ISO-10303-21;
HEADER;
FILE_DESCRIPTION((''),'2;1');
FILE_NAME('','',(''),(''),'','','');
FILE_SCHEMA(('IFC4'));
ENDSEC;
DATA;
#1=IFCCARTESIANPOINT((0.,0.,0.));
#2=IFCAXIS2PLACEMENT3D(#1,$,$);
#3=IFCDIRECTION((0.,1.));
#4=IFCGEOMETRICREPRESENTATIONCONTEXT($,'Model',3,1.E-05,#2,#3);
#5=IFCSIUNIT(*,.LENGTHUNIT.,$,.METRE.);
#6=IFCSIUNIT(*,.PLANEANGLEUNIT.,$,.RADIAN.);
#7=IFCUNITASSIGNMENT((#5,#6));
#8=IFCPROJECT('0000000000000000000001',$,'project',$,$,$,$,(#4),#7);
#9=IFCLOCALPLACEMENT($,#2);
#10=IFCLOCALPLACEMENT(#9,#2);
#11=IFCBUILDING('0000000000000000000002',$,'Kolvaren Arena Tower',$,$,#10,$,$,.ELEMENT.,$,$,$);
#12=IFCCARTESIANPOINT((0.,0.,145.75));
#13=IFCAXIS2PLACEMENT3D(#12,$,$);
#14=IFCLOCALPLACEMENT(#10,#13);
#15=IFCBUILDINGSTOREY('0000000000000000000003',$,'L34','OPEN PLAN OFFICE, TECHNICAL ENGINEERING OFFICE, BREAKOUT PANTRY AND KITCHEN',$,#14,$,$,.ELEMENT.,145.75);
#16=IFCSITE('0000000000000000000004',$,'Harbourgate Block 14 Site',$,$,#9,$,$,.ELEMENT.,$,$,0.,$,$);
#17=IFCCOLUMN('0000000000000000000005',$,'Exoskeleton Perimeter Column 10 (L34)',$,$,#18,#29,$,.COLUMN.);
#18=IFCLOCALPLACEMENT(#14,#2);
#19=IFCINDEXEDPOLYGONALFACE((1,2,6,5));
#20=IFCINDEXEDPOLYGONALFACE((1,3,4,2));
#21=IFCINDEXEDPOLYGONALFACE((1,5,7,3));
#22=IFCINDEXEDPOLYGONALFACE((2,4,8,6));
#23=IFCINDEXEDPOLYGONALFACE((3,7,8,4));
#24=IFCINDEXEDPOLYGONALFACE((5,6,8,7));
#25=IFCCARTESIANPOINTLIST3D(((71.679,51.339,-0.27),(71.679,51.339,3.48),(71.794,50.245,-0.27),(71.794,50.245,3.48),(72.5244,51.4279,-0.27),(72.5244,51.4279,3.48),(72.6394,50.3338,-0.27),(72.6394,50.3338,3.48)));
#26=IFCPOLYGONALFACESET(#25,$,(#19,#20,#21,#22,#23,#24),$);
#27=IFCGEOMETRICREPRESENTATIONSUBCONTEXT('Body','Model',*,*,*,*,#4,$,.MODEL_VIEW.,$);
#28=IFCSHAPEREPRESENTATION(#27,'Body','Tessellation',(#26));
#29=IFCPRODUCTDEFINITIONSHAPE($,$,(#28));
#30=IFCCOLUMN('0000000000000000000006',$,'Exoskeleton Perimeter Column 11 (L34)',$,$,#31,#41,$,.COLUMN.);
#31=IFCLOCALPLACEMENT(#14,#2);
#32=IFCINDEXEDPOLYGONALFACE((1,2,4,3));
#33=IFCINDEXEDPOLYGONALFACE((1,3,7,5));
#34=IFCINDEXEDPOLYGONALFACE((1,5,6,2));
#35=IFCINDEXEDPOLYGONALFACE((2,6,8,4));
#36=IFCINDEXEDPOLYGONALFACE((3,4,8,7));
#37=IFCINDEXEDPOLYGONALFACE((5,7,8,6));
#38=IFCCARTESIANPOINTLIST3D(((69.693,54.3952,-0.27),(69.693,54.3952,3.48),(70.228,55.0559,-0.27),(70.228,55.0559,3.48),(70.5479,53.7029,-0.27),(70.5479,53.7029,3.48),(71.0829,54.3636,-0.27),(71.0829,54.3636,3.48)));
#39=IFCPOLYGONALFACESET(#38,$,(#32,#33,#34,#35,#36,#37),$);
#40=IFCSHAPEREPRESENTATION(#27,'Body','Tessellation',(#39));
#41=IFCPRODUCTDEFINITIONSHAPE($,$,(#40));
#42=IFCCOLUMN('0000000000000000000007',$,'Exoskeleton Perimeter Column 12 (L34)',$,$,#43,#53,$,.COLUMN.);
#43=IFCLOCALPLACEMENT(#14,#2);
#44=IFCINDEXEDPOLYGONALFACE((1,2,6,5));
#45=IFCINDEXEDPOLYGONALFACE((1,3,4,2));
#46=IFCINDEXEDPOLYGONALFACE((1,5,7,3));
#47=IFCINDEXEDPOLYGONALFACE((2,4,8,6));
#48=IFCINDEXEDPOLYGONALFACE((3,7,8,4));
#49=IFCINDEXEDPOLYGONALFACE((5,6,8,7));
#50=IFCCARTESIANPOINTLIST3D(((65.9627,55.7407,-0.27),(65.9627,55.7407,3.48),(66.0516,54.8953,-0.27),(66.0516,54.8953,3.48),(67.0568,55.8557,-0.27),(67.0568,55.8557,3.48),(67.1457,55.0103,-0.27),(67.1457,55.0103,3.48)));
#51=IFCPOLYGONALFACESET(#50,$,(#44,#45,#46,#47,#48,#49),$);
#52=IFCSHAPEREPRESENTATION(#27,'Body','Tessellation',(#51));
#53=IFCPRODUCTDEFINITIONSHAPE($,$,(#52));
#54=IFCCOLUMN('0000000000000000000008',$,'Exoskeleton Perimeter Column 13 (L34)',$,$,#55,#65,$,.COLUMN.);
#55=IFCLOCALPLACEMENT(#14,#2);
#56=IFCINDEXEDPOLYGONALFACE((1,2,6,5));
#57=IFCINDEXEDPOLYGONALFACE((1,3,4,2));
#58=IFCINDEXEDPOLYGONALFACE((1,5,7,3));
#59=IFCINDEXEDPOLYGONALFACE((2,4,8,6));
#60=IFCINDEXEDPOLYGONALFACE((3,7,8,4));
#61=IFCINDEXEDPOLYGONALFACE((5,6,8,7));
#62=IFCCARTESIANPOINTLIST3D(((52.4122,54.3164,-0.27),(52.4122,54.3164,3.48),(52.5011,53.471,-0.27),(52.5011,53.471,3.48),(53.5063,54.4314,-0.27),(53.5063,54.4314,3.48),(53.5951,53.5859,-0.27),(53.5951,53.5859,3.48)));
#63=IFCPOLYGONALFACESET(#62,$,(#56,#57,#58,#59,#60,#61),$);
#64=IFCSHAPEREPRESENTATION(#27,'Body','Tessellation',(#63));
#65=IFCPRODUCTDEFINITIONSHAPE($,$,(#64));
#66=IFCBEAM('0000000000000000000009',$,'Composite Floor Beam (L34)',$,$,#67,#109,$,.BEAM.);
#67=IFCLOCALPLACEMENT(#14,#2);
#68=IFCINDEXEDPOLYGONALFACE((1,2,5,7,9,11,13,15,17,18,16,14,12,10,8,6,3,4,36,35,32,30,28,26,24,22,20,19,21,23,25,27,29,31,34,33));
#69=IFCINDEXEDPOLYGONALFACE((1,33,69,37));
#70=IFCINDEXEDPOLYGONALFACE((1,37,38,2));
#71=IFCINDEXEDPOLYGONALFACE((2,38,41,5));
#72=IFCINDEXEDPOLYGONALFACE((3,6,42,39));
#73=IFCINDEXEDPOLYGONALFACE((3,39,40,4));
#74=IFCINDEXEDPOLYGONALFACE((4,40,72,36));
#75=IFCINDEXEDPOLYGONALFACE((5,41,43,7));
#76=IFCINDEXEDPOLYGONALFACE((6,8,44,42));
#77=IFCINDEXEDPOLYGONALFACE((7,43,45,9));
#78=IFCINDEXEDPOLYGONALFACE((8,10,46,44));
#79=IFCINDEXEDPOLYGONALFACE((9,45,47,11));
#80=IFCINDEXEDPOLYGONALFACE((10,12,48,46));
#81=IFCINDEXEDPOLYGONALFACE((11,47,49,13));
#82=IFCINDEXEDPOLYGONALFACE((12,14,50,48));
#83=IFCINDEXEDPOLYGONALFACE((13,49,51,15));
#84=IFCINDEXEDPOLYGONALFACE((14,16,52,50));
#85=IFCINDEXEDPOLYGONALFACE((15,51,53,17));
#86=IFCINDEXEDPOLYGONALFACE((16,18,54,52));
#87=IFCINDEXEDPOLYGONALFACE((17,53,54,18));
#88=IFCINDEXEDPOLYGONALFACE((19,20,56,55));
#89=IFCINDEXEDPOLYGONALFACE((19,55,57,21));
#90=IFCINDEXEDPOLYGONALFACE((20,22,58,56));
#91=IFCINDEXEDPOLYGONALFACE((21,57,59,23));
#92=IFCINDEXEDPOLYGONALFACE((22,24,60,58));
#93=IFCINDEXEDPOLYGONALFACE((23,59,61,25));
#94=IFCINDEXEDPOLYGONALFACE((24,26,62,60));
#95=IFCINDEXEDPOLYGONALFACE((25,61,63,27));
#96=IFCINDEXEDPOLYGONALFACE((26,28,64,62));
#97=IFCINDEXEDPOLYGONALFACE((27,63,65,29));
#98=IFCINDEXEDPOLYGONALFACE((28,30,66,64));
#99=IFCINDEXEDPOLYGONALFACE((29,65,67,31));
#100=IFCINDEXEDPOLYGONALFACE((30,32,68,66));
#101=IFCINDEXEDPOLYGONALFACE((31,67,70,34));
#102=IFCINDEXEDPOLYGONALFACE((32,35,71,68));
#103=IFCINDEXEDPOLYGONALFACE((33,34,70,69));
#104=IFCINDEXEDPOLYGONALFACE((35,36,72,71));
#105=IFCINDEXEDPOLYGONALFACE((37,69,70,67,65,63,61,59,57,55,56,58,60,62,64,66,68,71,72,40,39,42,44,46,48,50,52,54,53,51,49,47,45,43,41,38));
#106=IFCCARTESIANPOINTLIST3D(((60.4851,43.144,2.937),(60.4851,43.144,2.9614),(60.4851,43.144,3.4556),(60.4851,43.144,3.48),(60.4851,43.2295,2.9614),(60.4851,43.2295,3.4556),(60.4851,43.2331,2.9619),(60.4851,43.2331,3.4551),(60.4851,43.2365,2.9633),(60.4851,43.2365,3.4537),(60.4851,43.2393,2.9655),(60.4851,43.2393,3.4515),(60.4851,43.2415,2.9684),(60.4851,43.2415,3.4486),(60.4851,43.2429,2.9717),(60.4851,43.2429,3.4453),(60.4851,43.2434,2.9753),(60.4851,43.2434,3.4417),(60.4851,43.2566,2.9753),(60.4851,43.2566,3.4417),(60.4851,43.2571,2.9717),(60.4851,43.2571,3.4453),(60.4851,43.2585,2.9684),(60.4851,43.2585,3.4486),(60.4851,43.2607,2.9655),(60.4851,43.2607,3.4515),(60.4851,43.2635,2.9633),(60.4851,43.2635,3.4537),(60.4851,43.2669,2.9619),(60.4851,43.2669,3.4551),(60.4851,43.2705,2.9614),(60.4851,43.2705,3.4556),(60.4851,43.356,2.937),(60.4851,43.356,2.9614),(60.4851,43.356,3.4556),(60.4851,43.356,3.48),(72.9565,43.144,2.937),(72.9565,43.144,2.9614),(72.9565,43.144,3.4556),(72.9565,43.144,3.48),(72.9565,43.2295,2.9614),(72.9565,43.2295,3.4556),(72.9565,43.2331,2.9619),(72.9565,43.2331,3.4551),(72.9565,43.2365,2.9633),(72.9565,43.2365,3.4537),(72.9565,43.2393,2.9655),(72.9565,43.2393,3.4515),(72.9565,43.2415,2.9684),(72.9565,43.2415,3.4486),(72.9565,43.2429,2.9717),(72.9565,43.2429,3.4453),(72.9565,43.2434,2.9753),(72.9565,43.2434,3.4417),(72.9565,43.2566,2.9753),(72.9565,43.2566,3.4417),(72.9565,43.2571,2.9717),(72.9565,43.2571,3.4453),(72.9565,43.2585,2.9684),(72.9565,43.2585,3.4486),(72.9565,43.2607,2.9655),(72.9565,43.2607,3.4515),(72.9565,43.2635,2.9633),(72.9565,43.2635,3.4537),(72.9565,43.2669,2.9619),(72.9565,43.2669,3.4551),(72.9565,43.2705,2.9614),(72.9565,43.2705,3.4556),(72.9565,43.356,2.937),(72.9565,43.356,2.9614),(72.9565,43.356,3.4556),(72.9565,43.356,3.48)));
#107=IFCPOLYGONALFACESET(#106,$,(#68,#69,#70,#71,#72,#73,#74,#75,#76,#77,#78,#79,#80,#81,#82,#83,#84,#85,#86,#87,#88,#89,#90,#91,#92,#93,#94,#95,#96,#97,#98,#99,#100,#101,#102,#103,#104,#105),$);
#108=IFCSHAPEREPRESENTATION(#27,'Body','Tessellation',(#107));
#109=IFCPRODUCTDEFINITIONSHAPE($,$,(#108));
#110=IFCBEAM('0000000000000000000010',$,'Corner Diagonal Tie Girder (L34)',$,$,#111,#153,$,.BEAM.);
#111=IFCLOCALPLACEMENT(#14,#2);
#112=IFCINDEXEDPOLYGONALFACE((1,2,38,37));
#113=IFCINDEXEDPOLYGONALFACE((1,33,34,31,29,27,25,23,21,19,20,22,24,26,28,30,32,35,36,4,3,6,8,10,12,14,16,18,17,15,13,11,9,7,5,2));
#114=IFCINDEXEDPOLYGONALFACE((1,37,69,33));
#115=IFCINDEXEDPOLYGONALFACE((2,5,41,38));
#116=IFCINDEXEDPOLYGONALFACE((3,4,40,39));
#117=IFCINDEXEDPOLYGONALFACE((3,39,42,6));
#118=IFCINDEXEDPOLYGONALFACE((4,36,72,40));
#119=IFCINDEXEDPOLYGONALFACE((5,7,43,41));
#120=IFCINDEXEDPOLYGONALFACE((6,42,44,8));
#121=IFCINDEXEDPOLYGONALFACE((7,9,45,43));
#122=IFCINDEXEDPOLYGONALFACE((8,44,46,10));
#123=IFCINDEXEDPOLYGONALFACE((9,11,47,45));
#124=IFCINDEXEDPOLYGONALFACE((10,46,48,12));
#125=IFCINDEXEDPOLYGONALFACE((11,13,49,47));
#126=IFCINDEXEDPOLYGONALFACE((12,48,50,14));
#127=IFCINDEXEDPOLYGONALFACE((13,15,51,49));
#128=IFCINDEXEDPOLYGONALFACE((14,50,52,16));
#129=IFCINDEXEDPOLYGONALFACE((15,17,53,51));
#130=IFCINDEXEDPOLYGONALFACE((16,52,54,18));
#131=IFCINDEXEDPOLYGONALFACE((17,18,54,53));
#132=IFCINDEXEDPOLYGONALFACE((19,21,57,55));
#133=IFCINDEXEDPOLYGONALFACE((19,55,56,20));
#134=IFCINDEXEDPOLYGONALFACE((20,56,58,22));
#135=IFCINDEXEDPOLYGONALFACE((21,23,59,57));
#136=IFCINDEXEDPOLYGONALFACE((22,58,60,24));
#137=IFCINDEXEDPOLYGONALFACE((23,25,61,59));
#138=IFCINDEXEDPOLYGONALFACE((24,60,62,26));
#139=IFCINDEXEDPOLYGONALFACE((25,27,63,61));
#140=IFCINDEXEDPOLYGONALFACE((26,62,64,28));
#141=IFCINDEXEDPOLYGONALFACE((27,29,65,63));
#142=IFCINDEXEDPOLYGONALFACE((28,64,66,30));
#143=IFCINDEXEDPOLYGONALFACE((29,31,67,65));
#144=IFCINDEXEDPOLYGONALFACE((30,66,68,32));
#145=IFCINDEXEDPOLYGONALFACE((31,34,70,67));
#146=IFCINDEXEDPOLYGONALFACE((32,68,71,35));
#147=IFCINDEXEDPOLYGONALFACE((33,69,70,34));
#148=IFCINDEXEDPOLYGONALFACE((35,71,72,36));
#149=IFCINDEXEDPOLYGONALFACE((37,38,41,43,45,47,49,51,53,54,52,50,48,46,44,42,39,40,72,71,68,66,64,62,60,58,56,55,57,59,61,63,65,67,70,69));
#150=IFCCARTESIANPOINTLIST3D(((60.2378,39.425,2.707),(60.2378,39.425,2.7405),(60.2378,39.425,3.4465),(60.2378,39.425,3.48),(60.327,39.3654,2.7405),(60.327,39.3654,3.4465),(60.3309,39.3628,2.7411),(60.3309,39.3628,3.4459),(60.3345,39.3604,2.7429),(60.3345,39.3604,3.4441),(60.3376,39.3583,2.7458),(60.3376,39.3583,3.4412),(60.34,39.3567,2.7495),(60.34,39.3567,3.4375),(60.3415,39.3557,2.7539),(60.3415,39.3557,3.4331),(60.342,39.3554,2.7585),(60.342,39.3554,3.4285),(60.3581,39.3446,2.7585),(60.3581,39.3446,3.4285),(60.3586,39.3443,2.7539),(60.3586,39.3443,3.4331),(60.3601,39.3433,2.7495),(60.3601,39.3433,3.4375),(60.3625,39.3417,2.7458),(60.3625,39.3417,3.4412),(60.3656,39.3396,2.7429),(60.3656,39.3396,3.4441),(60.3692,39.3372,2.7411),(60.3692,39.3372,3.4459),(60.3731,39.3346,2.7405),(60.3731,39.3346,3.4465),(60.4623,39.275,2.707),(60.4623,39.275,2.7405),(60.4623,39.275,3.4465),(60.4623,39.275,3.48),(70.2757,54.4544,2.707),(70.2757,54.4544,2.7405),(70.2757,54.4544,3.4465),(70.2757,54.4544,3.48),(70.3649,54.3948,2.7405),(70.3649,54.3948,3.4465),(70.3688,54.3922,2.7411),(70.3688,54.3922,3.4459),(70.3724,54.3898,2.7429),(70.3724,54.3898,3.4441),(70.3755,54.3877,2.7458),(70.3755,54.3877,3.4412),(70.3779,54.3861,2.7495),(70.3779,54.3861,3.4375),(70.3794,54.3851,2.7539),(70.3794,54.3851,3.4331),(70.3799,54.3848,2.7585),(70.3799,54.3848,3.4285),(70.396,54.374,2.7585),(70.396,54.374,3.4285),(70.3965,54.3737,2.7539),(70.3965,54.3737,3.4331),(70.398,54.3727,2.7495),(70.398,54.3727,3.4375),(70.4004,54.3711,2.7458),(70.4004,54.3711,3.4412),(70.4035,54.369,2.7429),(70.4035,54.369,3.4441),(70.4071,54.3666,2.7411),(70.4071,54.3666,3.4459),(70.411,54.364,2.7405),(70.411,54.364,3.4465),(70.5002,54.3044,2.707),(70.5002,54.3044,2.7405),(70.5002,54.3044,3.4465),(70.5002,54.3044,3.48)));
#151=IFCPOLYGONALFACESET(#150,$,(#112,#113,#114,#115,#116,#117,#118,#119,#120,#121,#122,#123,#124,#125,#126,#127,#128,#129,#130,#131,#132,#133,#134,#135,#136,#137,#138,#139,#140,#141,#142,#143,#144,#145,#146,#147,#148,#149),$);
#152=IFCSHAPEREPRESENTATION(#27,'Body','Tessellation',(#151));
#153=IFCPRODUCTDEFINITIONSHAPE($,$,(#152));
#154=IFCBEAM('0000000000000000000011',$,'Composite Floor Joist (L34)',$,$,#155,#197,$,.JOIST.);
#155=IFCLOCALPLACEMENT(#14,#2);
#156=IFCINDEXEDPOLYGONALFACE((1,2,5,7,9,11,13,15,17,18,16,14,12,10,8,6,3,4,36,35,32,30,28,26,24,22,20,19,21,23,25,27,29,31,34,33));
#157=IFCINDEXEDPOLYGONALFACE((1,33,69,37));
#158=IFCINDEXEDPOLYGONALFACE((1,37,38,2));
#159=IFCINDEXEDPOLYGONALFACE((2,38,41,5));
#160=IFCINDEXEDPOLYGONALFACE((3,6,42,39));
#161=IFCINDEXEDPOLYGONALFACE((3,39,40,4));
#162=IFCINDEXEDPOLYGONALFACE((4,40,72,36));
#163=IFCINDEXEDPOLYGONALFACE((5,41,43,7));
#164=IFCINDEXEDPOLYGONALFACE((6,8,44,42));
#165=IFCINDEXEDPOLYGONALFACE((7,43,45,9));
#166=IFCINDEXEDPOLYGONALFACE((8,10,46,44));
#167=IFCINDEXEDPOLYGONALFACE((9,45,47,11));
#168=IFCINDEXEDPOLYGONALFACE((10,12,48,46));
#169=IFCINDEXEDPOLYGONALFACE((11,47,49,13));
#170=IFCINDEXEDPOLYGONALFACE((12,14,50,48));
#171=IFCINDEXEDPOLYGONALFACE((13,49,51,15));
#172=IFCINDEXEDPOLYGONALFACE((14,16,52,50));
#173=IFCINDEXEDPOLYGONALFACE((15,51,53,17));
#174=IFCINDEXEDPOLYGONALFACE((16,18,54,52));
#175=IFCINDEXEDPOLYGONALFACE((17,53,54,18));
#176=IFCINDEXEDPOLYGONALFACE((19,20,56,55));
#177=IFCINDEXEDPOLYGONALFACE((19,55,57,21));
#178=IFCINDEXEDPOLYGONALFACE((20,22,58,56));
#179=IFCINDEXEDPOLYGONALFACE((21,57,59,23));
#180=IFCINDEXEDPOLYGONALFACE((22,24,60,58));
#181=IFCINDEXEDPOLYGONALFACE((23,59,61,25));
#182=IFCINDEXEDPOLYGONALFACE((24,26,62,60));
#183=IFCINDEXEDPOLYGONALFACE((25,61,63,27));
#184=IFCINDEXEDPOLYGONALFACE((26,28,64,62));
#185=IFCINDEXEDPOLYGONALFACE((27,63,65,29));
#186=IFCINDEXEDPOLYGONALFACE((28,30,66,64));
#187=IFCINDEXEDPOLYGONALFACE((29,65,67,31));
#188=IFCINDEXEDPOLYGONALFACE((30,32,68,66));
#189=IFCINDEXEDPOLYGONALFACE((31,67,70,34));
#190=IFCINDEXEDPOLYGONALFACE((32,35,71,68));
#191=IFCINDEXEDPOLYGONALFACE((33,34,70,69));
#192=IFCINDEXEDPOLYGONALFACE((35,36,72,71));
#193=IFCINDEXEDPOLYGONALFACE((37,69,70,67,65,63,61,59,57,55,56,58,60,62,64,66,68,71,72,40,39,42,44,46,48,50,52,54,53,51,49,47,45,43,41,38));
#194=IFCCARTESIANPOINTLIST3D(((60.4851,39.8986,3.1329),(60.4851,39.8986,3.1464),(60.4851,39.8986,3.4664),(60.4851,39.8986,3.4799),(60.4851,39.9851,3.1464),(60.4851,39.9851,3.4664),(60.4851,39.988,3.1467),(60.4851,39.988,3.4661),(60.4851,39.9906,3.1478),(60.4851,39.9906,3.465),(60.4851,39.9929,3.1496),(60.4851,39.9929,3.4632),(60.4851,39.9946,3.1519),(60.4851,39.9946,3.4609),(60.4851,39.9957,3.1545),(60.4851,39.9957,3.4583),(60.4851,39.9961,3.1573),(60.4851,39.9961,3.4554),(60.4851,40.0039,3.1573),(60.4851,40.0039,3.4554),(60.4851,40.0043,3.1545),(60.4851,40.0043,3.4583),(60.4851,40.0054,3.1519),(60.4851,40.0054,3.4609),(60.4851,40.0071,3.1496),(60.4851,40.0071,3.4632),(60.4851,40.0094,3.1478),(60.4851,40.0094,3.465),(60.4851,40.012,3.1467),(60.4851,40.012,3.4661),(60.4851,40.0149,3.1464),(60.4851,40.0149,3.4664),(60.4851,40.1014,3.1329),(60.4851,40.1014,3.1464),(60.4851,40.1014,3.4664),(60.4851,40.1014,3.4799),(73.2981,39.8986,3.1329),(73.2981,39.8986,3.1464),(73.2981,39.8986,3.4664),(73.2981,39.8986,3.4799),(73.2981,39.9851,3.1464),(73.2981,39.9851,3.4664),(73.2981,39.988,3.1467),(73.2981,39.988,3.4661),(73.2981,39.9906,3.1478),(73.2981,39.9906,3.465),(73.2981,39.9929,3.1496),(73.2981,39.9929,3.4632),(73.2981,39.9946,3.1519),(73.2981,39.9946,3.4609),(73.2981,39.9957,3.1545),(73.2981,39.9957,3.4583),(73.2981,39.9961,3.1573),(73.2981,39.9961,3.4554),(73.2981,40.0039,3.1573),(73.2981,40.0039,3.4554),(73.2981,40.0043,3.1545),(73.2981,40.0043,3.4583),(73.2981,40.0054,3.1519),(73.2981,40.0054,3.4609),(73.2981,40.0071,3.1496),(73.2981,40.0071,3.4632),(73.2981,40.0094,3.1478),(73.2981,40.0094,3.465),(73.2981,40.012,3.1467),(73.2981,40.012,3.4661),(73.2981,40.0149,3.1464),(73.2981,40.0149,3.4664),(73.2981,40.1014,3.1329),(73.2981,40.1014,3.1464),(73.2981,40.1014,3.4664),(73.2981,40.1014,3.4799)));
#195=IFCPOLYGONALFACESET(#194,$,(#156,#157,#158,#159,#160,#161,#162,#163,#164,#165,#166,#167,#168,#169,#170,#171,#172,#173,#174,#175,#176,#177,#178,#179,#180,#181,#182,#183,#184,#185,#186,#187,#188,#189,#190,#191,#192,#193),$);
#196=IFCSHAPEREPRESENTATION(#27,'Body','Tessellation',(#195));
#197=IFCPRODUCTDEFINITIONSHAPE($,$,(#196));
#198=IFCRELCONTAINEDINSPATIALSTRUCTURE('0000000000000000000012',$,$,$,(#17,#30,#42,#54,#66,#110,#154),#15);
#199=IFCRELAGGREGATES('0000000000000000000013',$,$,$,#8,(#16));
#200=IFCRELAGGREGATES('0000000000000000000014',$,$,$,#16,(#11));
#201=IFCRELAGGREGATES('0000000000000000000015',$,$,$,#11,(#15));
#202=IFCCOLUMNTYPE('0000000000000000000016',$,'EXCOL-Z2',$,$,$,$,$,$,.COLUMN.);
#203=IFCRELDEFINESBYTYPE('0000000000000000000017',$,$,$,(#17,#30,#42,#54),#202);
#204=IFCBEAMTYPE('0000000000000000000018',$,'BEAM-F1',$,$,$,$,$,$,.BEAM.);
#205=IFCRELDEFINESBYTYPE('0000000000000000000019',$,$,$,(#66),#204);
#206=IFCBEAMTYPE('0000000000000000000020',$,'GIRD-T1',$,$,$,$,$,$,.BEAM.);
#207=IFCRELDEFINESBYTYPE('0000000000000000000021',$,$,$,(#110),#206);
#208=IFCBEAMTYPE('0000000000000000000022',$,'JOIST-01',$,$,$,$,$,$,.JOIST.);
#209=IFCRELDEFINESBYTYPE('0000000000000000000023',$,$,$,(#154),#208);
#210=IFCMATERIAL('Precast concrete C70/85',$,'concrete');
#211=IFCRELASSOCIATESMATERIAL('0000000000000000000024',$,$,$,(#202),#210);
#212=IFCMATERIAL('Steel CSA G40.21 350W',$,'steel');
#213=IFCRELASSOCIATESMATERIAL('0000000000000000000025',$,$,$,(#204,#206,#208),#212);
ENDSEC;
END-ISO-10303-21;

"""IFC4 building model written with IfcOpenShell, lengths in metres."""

from ifc_helpers import new_model, si_unit, direction, frame, origin, origin_2d, place, context, subcontext, project, spatial, rectangle, i_section, extrude, material, material_profile, profile_set, type_object, element, save


model = new_model("IFC4")

# Units and contexts
model_context = context("Model", 3, precision=1e-05, world=origin(), true_north=direction((0.0, 1.0)))
body_context = subcontext(model_context, "Body", "Model", "MODEL_VIEW")
ifc_project = project(units=[si_unit("LENGTHUNIT", "METRE"), si_unit("PLANEANGLEUNIT", "RADIAN")], contexts=[model_context])

# Site, building, storey
site_placement = place(None, origin())
site = spatial("IfcSite", under=ifc_project, at=site_placement, Name="Harbourgate Block 14 Site", CompositionType="ELEMENT", RefElevation=0.0)
building_placement = place(site_placement, origin())
building = spatial("IfcBuilding", under=site, at=building_placement, Name="Kolvaren Arena Tower", CompositionType="ELEMENT")
storey_placement = place(building_placement, frame((0.0, 0.0, 145.75)))
storey = spatial("IfcBuildingStorey", under=building, at=storey_placement, Name="L34", Description="OPEN PLAN OFFICE, TECHNICAL ENGINEERING OFFICE, BREAKOUT PANTRY AND KITCHEN", CompositionType="ELEMENT", Elevation=145.75)

# Columns
ifc_material_1 = material(Name="Precast concrete C70/85", Category="concrete")
ifc_material_profile_1 = material_profile(ifc_material_1, rectangle(XDim=1.1001, YDim=0.8501, at=origin_2d()), Name="RC-1100x850")
ifc_profile_set_1 = profile_set([ifc_material_profile_1], Name="Precast concrete C70/85")
column_type = type_object("IfcColumnType", Name="EXCOL-Z2", PredefinedType="COLUMN", material=ifc_profile_set_1)
for number, where, z_axis, x_axis, name in (
    (1, (72.1592, 50.8364, -0.27), (0.0, 0.0, 1.0), (-0.104528, 0.994522, 0.0), "Exoskeleton Perimeter Column 10 (L34)"),
    (2, (70.3879, 54.3794, -0.27), (0.0, 0.0, 1.0), (-0.777146, 0.62932, 0.0), "Exoskeleton Perimeter Column 11 (L34)"),
    (3, (66.5542, 55.3755, -0.27), (0.0, 0.0, 1.0), (0.994522, 0.104528, 0.0), "Exoskeleton Perimeter Column 12 (L34)"),
    (4, (53.0037, 53.9512, -0.27), (0.0, 0.0, 1.0), (0.994522, 0.104528, 0.0), "Exoskeleton Perimeter Column 13 (L34)"),
):
    element("IfcColumn", number, at=place(storey_placement, frame(where, z_axis=z_axis, x_axis=x_axis)), inside=storey, type_object=column_type, Name=name, PredefinedType="COLUMN", context=body_context, shape_type="SweptSolid", body=[
        extrude(rectangle(XDim=1.1001, YDim=0.8501, at=origin_2d()), origin(), (0.0, 0.0, 1.0), 3.75),
    ])

# Beams
ifc_material_2 = material(Name="Steel CSA G40.21 350W", Category="steel")
ifc_material_profile_2 = material_profile(ifc_material_2, i_section(OverallWidth=0.2119, OverallDepth=0.543, WebThickness=0.0132, FlangeThickness=0.0244, FilletRadius=0.0139, at=origin_2d()), Name="W530x150")
ifc_profile_set_2 = profile_set([ifc_material_profile_2], Name="Steel CSA G40.21 350W")
beam_type_1 = type_object("IfcBeamType", Name="BEAM-F1", PredefinedType="BEAM", material=ifc_profile_set_2)
beam_1_placement = place(storey_placement, frame((60.4851, 43.25, 3.2085), z_axis=(1.0, 0.0, 0.0), x_axis=(0.0, 1.0, 0.0)))
element("IfcBeam", 5, at=beam_1_placement, inside=storey, type_object=beam_type_1, Name="Composite Floor Beam (L34)", PredefinedType="BEAM", context=body_context, shape_type="SweptSolid", body=[
    extrude(i_section(OverallWidth=0.2119, OverallDepth=0.543, WebThickness=0.0132, FlangeThickness=0.0244, FilletRadius=0.0139, at=origin_2d()), origin(), (0.0, 0.0, 1.0), 12.4714),
])
ifc_material_profile_3 = material_profile(ifc_material_2, i_section(OverallWidth=0.27, OverallDepth=0.7729, WebThickness=0.0193, FlangeThickness=0.0334, FilletRadius=0.0181, at=origin_2d()), Name="W760x257")
ifc_profile_set_3 = profile_set([ifc_material_profile_3], Name="Steel CSA G40.21 350W")
beam_type_2 = type_object("IfcBeamType", Name="GIRD-T1", PredefinedType="BEAM", material=ifc_profile_set_3)
beam_2_placement = place(storey_placement, frame((70.3879, 54.3794, 3.0935), z_axis=(-0.555401, -0.831582, 0.0), x_axis=(0.831582, -0.555401, 0.0)))
element("IfcBeam", 6, at=beam_2_placement, inside=storey, type_object=beam_type_2, Name="Corner Diagonal Tie Girder (L34)", PredefinedType="BEAM", context=body_context, shape_type="SweptSolid", body=[
    extrude(i_section(OverallWidth=0.27, OverallDepth=0.7729, WebThickness=0.0193, FlangeThickness=0.0334, FilletRadius=0.0181, at=origin_2d()), origin(), (0.0, 0.0, 1.0), 18.0732),
])
ifc_material_profile_4 = material_profile(ifc_material_2, i_section(OverallWidth=0.2029, OverallDepth=0.3469, WebThickness=0.0078, FlangeThickness=0.0134, FilletRadius=0.011, at=origin_2d()), Name="W360x64")
ifc_profile_set_4 = profile_set([ifc_material_profile_4], Name="Steel CSA G40.21 350W")
beam_type_3 = type_object("IfcBeamType", Name="JOIST-01", PredefinedType="JOIST", material=ifc_profile_set_4)
beam_3_placement = place(storey_placement, frame((60.4851, 40.0, 3.3064), z_axis=(1.0, 0.0, 0.0), x_axis=(0.0, 1.0, 0.0)))
element("IfcBeam", 7, at=beam_3_placement, inside=storey, type_object=beam_type_3, Name="Composite Floor Joist (L34)", PredefinedType="JOIST", context=body_context, shape_type="SweptSolid", body=[
    extrude(i_section(OverallWidth=0.2029, OverallDepth=0.3469, WebThickness=0.0078, FlangeThickness=0.0134, FilletRadius=0.011, at=origin_2d()), origin(), (0.0, 0.0, 1.0), 12.813),
])

save(model, "model.ifc")
